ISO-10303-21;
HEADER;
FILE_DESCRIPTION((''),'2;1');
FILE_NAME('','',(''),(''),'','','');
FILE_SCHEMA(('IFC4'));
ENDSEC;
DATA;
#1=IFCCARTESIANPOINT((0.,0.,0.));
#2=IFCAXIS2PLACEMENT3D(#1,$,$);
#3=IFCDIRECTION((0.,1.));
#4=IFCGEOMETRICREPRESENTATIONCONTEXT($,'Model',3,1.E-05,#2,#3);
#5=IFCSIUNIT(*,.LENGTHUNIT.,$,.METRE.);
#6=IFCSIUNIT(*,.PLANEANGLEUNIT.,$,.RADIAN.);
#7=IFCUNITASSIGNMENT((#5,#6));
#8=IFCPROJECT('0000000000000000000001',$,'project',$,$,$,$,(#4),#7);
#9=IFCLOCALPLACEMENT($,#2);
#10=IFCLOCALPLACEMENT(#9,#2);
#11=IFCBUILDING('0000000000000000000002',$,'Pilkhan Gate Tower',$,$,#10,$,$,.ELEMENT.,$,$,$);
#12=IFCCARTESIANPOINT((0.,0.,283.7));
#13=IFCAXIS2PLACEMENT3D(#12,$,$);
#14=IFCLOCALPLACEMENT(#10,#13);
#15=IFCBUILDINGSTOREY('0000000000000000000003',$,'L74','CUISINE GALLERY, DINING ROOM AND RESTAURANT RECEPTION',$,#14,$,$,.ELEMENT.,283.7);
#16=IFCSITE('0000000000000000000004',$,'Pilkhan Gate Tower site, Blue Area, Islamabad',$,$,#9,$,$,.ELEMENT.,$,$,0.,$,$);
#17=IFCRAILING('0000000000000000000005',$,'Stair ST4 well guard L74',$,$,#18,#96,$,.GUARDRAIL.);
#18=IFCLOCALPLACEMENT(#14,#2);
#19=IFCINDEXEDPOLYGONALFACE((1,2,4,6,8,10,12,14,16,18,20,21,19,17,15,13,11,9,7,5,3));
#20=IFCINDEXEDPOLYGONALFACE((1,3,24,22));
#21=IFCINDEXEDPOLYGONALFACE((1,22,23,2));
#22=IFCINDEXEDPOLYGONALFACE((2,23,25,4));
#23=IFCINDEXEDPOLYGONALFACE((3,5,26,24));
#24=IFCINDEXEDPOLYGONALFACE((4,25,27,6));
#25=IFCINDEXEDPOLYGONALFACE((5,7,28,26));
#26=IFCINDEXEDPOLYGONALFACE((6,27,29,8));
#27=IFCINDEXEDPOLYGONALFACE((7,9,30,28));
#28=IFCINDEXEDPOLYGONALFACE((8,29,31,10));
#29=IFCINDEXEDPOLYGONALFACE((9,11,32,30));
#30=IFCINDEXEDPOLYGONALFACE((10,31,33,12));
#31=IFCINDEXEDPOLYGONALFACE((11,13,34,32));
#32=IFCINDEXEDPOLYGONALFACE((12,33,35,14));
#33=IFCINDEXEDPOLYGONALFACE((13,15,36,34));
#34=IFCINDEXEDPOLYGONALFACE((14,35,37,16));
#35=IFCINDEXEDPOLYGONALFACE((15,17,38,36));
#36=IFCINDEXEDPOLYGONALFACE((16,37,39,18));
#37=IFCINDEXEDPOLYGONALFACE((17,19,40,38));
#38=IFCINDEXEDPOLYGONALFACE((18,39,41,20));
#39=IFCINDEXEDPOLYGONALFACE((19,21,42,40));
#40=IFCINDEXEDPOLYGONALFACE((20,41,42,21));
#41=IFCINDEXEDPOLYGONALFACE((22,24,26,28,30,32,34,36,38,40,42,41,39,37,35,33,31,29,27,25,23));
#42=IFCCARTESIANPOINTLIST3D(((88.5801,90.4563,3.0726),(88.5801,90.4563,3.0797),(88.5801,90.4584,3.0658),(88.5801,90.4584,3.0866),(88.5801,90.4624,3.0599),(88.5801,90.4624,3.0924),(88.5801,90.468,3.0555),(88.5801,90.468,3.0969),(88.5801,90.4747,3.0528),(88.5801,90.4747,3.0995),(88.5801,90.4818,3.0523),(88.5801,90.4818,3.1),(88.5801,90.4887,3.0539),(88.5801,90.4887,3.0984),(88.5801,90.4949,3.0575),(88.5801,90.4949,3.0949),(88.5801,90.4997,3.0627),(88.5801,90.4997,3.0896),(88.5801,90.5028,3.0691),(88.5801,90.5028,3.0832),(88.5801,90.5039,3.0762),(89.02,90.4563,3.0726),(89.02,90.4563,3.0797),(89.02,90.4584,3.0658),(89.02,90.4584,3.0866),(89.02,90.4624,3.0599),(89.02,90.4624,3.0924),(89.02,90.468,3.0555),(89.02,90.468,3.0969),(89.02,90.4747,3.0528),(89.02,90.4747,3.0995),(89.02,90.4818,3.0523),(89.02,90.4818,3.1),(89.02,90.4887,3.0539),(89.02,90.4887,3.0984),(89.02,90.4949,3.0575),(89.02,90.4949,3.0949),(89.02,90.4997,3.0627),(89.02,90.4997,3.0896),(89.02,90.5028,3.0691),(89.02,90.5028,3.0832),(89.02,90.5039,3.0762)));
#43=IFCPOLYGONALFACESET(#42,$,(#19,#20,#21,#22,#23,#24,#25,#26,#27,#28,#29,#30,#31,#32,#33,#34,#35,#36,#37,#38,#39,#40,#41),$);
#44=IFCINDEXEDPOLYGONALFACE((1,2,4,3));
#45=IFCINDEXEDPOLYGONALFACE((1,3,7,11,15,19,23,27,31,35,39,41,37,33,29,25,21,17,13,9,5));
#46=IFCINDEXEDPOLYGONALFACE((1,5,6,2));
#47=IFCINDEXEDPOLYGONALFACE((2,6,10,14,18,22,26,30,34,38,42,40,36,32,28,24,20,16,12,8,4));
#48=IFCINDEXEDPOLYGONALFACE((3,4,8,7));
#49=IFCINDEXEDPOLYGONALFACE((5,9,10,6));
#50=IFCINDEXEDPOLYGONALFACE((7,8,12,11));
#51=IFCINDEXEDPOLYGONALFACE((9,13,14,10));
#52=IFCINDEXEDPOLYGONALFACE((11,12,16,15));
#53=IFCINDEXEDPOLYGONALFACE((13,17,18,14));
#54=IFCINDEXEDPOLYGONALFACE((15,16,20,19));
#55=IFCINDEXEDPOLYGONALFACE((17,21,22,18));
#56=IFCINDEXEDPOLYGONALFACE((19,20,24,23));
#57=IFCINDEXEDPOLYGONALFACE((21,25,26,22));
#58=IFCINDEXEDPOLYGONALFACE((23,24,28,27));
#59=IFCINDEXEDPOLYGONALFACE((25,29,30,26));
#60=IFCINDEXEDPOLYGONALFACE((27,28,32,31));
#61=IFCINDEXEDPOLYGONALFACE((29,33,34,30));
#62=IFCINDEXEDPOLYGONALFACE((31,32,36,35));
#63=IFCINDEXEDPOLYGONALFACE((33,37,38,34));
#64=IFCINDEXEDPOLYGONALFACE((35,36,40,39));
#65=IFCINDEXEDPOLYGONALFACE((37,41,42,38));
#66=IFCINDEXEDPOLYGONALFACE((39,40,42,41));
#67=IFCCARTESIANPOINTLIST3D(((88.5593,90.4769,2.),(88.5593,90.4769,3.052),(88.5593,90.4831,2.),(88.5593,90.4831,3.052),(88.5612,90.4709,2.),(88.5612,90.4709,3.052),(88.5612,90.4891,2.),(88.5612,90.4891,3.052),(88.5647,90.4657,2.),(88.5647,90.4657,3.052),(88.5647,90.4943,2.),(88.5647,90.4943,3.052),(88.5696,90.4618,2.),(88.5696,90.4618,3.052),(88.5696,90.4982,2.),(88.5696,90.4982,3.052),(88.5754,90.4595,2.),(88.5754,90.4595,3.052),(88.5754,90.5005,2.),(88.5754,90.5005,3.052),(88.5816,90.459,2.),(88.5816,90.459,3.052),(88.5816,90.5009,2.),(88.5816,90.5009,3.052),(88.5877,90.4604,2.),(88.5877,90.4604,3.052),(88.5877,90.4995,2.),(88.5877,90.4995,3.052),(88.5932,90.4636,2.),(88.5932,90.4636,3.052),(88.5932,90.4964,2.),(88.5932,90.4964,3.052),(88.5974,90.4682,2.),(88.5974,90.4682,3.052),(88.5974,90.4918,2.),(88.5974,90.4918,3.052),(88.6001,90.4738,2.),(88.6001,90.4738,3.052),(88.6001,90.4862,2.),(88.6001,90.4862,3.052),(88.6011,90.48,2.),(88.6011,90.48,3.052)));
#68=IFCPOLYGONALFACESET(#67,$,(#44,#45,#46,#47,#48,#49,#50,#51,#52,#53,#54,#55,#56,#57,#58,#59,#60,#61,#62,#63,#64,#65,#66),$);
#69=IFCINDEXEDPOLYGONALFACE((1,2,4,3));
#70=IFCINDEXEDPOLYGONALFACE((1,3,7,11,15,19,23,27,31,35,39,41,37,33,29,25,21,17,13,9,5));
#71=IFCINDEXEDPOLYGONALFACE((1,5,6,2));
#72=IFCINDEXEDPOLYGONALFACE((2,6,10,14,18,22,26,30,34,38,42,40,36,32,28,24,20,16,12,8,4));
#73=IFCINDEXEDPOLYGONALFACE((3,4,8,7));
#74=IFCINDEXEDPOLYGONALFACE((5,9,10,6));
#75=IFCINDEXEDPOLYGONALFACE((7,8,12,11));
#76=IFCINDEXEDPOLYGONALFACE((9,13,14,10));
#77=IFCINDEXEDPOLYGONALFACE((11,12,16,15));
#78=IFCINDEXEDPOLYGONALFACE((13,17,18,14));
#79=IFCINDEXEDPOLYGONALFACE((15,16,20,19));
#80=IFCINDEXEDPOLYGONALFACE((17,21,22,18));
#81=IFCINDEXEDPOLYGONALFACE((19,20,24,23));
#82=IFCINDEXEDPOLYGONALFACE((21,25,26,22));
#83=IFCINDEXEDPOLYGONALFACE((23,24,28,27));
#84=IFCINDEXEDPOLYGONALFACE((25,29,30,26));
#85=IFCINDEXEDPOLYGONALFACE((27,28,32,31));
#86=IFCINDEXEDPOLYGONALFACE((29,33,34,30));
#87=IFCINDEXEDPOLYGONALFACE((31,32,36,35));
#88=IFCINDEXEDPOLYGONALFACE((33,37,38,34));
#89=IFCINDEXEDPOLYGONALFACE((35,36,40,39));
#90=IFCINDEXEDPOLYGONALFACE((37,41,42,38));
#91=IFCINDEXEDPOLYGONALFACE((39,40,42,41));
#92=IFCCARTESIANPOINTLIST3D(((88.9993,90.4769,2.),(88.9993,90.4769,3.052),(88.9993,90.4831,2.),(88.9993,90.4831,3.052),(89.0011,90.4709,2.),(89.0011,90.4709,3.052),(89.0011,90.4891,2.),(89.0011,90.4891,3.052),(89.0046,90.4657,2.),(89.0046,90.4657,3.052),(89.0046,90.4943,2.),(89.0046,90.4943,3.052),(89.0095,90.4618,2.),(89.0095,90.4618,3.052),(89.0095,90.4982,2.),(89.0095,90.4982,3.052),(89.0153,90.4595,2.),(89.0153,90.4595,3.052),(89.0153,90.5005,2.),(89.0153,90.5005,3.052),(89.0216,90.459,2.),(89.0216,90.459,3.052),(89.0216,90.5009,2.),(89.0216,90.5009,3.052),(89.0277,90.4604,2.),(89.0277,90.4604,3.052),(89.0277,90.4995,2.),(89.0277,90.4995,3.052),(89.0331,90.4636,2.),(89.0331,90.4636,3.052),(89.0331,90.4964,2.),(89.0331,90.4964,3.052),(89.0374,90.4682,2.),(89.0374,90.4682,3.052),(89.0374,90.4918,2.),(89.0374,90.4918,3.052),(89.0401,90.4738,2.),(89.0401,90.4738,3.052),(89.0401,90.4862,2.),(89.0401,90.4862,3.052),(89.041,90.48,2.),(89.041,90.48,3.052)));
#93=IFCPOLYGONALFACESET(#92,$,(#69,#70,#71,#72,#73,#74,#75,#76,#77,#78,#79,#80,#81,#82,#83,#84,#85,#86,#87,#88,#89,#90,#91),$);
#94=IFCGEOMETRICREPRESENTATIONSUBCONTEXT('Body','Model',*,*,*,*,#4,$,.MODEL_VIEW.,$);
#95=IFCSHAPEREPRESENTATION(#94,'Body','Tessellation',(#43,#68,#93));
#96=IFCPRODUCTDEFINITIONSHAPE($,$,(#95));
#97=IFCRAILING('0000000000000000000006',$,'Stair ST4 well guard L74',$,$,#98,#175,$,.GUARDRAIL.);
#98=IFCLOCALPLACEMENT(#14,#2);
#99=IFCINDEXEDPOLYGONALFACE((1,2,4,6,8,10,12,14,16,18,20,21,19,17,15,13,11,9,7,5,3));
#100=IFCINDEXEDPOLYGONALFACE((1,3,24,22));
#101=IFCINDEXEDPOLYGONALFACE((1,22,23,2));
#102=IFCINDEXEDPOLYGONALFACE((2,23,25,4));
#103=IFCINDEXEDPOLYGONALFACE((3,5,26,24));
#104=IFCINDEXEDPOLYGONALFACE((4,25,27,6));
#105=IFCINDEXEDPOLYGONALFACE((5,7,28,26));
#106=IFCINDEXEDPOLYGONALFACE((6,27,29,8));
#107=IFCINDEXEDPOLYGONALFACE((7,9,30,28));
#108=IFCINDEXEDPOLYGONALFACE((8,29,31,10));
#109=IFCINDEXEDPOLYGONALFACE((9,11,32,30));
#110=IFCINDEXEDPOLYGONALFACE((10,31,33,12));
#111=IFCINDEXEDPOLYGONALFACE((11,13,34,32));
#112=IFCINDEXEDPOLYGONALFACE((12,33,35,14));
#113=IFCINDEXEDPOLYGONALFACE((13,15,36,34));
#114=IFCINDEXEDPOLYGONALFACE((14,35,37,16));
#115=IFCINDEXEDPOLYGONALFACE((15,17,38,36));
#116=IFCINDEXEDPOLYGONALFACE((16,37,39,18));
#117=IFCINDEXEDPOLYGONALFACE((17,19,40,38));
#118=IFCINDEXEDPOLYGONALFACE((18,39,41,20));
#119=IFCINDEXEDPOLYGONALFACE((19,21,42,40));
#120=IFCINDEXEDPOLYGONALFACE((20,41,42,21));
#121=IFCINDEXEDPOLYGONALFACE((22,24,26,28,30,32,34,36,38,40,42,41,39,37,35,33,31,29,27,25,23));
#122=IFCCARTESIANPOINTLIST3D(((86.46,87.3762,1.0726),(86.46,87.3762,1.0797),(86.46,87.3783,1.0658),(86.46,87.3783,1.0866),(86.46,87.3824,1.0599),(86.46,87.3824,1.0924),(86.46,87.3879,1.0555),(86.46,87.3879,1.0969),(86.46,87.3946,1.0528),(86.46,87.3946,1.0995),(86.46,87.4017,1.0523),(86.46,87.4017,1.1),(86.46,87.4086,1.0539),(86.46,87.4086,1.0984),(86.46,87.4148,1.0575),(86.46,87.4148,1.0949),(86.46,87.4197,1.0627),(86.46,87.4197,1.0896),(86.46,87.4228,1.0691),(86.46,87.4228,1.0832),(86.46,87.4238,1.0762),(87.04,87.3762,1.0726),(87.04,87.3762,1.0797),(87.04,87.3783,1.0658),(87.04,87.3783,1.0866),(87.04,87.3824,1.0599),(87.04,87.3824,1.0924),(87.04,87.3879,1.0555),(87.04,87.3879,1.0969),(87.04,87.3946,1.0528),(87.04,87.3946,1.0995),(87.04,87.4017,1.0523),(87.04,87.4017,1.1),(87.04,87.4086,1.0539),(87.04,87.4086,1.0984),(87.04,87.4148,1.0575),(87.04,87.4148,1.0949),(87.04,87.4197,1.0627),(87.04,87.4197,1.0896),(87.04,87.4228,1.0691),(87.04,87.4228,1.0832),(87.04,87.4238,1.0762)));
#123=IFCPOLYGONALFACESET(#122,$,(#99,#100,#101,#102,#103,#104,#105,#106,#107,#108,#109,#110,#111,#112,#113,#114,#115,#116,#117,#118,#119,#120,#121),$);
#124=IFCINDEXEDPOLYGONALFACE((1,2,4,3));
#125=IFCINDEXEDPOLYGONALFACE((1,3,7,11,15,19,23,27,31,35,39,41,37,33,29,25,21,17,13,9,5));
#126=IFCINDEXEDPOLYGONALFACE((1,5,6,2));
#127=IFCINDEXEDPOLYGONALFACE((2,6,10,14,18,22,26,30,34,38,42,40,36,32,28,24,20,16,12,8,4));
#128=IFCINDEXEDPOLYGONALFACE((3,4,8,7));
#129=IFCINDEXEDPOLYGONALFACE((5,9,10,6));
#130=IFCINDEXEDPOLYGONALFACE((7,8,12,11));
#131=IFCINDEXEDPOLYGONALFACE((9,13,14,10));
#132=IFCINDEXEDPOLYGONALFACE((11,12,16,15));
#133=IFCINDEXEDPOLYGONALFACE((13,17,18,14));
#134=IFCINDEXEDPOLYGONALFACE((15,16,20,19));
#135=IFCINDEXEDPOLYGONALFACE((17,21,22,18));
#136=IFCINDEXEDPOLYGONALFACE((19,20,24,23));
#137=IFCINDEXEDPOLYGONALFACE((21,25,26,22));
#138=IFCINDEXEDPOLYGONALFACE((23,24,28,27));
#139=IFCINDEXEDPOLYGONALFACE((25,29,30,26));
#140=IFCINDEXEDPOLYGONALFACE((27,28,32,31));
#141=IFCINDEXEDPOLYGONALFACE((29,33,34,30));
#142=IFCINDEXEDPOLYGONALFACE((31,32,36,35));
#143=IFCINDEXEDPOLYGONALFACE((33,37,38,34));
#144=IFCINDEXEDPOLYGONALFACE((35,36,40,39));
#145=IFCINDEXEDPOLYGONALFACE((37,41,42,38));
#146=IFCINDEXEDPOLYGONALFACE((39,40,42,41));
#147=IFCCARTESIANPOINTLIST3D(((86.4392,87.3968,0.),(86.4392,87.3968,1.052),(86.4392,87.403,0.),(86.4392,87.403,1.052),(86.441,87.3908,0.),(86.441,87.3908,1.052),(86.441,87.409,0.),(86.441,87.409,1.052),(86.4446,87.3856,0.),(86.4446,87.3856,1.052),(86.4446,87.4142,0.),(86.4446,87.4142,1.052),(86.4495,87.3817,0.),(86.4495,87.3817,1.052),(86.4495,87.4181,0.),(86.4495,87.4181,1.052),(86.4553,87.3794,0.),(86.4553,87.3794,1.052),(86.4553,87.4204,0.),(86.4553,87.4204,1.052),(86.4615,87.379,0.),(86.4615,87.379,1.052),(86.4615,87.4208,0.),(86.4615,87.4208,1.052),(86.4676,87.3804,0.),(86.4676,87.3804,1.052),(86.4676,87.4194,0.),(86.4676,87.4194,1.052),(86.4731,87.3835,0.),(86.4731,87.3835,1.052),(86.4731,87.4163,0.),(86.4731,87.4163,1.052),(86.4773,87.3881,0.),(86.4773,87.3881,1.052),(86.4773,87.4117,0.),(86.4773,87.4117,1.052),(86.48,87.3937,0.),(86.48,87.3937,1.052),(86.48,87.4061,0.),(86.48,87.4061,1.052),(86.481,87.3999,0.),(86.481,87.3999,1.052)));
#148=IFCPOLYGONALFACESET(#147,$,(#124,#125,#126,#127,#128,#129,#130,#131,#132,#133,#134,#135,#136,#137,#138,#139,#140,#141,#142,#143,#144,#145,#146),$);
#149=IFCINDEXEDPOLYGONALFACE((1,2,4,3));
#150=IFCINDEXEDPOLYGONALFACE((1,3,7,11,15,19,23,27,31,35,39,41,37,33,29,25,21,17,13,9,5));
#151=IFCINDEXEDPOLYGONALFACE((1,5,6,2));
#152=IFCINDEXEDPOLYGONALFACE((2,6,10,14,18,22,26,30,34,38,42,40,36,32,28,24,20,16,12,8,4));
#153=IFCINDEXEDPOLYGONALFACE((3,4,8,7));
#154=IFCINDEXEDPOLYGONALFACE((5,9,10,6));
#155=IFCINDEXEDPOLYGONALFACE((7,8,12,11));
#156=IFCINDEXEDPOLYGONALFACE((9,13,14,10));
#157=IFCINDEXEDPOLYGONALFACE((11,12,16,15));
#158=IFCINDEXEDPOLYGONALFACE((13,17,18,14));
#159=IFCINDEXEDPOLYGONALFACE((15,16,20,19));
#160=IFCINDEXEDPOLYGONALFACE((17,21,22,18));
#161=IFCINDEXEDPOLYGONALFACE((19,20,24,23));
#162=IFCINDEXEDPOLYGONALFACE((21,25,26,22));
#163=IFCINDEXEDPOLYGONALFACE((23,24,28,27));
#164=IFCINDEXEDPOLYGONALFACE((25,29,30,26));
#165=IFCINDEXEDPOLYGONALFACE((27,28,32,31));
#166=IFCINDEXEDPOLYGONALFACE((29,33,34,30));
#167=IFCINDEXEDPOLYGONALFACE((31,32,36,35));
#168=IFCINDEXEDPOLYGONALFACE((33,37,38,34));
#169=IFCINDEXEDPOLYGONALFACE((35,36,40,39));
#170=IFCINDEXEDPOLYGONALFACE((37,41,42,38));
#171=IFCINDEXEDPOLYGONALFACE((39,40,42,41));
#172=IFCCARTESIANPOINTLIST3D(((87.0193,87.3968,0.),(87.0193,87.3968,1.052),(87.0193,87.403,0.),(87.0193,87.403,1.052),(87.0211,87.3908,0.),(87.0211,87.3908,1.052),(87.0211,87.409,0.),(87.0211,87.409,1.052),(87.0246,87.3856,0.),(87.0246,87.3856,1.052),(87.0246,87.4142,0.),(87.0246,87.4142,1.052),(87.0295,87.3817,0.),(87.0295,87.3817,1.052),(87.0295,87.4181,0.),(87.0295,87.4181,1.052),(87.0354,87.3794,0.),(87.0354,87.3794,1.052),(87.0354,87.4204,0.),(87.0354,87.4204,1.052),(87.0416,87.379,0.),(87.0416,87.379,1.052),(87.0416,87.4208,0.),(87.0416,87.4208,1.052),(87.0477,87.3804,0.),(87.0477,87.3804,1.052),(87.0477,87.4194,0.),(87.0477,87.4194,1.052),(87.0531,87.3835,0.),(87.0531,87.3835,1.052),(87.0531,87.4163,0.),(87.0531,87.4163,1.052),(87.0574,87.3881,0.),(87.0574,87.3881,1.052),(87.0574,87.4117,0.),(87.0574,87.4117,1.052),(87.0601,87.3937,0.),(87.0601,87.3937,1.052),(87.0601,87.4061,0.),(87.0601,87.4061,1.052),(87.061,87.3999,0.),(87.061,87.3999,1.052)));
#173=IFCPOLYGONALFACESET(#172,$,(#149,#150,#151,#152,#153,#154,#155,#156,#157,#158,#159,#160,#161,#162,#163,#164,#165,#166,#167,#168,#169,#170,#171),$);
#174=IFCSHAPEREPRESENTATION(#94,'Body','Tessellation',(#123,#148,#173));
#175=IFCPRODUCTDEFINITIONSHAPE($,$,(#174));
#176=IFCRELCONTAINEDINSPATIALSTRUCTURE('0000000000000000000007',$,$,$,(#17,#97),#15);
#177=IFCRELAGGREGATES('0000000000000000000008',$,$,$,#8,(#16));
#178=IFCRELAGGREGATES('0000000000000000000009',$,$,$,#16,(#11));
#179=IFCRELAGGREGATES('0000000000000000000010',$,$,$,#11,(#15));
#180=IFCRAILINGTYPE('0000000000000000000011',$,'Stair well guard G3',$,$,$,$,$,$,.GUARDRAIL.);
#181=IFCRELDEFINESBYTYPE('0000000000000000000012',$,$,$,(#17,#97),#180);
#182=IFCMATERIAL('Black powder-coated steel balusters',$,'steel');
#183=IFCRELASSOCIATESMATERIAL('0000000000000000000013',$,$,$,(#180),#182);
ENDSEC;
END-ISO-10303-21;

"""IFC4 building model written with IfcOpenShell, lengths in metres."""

from ifc_helpers import new_model, si_unit, direction, frame, origin, origin_2d, place, context, subcontext, project, spatial, circle, extrude, material, type_object, element, save


model = new_model("IFC4")

# Units and contexts
model_context = context("Model", 3, precision=1e-05, world=origin(), true_north=direction((0.0, 1.0)))
body_context = subcontext(model_context, "Body", "Model", "MODEL_VIEW")
ifc_project = project(units=[si_unit("LENGTHUNIT", "METRE"), si_unit("PLANEANGLEUNIT", "RADIAN")], contexts=[model_context])

# Site, building, storey
site_placement = place(None, origin())
site = spatial("IfcSite", under=ifc_project, at=site_placement, Name="Pilkhan Gate Tower site, Blue Area, Islamabad", CompositionType="ELEMENT", RefElevation=0.0)
building_placement = place(site_placement, origin())
building = spatial("IfcBuilding", under=site, at=building_placement, Name="Pilkhan Gate Tower", CompositionType="ELEMENT")
storey_placement = place(building_placement, frame((0.0, 0.0, 283.7)))
storey = spatial("IfcBuildingStorey", under=building, at=storey_placement, Name="L74", Description="CUISINE GALLERY, DINING ROOM AND RESTAURANT RECEPTION", CompositionType="ELEMENT", Elevation=283.7)

# Railings
ifc_material_1 = material(Name="Black powder-coated steel balusters", Category="steel")
railing_type_1 = type_object("IfcRailingType", Name="Stair well guard G3", PredefinedType="GUARDRAIL", material=ifc_material_1)
railing_1_placement = place(storey_placement, frame((88.5801, 90.48, 2.0)))
element("IfcRailing", 1, at=railing_1_placement, inside=storey, type_object=railing_type_1, Name="Stair ST4 well guard L74", PredefinedType="GUARDRAIL", context=body_context, shape_type="SweptSolid", body=[
    extrude(circle(Radius=0.0239, at=origin_2d()), frame((0.0, 0.0, 1.0762), z_axis=(1.0, 0.0, 0.0), x_axis=(0.0, 1.0, 0.0)), (0.0, 0.0, 1.0), 0.4399),
    extrude(circle(Radius=0.021, at=origin_2d()), origin(), (0.0, 0.0, 1.0), 1.052),
    extrude(circle(Radius=0.021, at=origin_2d()), frame((0.4399, 0.0, 0.0)), (0.0, 0.0, 1.0), 1.052),
])
for number, where, name in (
    (2, (86.46, 87.3999, 0.0), "Stair ST4 well guard L74"),
):
    element("IfcRailing", number, at=place(storey_placement, frame(where)), inside=storey, type_object=railing_type_1, Name=name, PredefinedType="GUARDRAIL", context=body_context, shape_type="SweptSolid", body=[
        extrude(circle(Radius=0.0239, at=origin_2d()), frame((0.0, 0.0, 1.0762), z_axis=(1.0, 0.0, 0.0), x_axis=(0.0, 1.0, 0.0)), (0.0, 0.0, 1.0), 0.5801),
        extrude(circle(Radius=0.021, at=origin_2d()), origin(), (0.0, 0.0, 1.0), 1.052),
        extrude(circle(Radius=0.021, at=origin_2d()), frame((0.5801, 0.0, 0.0)), (0.0, 0.0, 1.0), 1.052),
    ])

save(model, "model.ifc")
